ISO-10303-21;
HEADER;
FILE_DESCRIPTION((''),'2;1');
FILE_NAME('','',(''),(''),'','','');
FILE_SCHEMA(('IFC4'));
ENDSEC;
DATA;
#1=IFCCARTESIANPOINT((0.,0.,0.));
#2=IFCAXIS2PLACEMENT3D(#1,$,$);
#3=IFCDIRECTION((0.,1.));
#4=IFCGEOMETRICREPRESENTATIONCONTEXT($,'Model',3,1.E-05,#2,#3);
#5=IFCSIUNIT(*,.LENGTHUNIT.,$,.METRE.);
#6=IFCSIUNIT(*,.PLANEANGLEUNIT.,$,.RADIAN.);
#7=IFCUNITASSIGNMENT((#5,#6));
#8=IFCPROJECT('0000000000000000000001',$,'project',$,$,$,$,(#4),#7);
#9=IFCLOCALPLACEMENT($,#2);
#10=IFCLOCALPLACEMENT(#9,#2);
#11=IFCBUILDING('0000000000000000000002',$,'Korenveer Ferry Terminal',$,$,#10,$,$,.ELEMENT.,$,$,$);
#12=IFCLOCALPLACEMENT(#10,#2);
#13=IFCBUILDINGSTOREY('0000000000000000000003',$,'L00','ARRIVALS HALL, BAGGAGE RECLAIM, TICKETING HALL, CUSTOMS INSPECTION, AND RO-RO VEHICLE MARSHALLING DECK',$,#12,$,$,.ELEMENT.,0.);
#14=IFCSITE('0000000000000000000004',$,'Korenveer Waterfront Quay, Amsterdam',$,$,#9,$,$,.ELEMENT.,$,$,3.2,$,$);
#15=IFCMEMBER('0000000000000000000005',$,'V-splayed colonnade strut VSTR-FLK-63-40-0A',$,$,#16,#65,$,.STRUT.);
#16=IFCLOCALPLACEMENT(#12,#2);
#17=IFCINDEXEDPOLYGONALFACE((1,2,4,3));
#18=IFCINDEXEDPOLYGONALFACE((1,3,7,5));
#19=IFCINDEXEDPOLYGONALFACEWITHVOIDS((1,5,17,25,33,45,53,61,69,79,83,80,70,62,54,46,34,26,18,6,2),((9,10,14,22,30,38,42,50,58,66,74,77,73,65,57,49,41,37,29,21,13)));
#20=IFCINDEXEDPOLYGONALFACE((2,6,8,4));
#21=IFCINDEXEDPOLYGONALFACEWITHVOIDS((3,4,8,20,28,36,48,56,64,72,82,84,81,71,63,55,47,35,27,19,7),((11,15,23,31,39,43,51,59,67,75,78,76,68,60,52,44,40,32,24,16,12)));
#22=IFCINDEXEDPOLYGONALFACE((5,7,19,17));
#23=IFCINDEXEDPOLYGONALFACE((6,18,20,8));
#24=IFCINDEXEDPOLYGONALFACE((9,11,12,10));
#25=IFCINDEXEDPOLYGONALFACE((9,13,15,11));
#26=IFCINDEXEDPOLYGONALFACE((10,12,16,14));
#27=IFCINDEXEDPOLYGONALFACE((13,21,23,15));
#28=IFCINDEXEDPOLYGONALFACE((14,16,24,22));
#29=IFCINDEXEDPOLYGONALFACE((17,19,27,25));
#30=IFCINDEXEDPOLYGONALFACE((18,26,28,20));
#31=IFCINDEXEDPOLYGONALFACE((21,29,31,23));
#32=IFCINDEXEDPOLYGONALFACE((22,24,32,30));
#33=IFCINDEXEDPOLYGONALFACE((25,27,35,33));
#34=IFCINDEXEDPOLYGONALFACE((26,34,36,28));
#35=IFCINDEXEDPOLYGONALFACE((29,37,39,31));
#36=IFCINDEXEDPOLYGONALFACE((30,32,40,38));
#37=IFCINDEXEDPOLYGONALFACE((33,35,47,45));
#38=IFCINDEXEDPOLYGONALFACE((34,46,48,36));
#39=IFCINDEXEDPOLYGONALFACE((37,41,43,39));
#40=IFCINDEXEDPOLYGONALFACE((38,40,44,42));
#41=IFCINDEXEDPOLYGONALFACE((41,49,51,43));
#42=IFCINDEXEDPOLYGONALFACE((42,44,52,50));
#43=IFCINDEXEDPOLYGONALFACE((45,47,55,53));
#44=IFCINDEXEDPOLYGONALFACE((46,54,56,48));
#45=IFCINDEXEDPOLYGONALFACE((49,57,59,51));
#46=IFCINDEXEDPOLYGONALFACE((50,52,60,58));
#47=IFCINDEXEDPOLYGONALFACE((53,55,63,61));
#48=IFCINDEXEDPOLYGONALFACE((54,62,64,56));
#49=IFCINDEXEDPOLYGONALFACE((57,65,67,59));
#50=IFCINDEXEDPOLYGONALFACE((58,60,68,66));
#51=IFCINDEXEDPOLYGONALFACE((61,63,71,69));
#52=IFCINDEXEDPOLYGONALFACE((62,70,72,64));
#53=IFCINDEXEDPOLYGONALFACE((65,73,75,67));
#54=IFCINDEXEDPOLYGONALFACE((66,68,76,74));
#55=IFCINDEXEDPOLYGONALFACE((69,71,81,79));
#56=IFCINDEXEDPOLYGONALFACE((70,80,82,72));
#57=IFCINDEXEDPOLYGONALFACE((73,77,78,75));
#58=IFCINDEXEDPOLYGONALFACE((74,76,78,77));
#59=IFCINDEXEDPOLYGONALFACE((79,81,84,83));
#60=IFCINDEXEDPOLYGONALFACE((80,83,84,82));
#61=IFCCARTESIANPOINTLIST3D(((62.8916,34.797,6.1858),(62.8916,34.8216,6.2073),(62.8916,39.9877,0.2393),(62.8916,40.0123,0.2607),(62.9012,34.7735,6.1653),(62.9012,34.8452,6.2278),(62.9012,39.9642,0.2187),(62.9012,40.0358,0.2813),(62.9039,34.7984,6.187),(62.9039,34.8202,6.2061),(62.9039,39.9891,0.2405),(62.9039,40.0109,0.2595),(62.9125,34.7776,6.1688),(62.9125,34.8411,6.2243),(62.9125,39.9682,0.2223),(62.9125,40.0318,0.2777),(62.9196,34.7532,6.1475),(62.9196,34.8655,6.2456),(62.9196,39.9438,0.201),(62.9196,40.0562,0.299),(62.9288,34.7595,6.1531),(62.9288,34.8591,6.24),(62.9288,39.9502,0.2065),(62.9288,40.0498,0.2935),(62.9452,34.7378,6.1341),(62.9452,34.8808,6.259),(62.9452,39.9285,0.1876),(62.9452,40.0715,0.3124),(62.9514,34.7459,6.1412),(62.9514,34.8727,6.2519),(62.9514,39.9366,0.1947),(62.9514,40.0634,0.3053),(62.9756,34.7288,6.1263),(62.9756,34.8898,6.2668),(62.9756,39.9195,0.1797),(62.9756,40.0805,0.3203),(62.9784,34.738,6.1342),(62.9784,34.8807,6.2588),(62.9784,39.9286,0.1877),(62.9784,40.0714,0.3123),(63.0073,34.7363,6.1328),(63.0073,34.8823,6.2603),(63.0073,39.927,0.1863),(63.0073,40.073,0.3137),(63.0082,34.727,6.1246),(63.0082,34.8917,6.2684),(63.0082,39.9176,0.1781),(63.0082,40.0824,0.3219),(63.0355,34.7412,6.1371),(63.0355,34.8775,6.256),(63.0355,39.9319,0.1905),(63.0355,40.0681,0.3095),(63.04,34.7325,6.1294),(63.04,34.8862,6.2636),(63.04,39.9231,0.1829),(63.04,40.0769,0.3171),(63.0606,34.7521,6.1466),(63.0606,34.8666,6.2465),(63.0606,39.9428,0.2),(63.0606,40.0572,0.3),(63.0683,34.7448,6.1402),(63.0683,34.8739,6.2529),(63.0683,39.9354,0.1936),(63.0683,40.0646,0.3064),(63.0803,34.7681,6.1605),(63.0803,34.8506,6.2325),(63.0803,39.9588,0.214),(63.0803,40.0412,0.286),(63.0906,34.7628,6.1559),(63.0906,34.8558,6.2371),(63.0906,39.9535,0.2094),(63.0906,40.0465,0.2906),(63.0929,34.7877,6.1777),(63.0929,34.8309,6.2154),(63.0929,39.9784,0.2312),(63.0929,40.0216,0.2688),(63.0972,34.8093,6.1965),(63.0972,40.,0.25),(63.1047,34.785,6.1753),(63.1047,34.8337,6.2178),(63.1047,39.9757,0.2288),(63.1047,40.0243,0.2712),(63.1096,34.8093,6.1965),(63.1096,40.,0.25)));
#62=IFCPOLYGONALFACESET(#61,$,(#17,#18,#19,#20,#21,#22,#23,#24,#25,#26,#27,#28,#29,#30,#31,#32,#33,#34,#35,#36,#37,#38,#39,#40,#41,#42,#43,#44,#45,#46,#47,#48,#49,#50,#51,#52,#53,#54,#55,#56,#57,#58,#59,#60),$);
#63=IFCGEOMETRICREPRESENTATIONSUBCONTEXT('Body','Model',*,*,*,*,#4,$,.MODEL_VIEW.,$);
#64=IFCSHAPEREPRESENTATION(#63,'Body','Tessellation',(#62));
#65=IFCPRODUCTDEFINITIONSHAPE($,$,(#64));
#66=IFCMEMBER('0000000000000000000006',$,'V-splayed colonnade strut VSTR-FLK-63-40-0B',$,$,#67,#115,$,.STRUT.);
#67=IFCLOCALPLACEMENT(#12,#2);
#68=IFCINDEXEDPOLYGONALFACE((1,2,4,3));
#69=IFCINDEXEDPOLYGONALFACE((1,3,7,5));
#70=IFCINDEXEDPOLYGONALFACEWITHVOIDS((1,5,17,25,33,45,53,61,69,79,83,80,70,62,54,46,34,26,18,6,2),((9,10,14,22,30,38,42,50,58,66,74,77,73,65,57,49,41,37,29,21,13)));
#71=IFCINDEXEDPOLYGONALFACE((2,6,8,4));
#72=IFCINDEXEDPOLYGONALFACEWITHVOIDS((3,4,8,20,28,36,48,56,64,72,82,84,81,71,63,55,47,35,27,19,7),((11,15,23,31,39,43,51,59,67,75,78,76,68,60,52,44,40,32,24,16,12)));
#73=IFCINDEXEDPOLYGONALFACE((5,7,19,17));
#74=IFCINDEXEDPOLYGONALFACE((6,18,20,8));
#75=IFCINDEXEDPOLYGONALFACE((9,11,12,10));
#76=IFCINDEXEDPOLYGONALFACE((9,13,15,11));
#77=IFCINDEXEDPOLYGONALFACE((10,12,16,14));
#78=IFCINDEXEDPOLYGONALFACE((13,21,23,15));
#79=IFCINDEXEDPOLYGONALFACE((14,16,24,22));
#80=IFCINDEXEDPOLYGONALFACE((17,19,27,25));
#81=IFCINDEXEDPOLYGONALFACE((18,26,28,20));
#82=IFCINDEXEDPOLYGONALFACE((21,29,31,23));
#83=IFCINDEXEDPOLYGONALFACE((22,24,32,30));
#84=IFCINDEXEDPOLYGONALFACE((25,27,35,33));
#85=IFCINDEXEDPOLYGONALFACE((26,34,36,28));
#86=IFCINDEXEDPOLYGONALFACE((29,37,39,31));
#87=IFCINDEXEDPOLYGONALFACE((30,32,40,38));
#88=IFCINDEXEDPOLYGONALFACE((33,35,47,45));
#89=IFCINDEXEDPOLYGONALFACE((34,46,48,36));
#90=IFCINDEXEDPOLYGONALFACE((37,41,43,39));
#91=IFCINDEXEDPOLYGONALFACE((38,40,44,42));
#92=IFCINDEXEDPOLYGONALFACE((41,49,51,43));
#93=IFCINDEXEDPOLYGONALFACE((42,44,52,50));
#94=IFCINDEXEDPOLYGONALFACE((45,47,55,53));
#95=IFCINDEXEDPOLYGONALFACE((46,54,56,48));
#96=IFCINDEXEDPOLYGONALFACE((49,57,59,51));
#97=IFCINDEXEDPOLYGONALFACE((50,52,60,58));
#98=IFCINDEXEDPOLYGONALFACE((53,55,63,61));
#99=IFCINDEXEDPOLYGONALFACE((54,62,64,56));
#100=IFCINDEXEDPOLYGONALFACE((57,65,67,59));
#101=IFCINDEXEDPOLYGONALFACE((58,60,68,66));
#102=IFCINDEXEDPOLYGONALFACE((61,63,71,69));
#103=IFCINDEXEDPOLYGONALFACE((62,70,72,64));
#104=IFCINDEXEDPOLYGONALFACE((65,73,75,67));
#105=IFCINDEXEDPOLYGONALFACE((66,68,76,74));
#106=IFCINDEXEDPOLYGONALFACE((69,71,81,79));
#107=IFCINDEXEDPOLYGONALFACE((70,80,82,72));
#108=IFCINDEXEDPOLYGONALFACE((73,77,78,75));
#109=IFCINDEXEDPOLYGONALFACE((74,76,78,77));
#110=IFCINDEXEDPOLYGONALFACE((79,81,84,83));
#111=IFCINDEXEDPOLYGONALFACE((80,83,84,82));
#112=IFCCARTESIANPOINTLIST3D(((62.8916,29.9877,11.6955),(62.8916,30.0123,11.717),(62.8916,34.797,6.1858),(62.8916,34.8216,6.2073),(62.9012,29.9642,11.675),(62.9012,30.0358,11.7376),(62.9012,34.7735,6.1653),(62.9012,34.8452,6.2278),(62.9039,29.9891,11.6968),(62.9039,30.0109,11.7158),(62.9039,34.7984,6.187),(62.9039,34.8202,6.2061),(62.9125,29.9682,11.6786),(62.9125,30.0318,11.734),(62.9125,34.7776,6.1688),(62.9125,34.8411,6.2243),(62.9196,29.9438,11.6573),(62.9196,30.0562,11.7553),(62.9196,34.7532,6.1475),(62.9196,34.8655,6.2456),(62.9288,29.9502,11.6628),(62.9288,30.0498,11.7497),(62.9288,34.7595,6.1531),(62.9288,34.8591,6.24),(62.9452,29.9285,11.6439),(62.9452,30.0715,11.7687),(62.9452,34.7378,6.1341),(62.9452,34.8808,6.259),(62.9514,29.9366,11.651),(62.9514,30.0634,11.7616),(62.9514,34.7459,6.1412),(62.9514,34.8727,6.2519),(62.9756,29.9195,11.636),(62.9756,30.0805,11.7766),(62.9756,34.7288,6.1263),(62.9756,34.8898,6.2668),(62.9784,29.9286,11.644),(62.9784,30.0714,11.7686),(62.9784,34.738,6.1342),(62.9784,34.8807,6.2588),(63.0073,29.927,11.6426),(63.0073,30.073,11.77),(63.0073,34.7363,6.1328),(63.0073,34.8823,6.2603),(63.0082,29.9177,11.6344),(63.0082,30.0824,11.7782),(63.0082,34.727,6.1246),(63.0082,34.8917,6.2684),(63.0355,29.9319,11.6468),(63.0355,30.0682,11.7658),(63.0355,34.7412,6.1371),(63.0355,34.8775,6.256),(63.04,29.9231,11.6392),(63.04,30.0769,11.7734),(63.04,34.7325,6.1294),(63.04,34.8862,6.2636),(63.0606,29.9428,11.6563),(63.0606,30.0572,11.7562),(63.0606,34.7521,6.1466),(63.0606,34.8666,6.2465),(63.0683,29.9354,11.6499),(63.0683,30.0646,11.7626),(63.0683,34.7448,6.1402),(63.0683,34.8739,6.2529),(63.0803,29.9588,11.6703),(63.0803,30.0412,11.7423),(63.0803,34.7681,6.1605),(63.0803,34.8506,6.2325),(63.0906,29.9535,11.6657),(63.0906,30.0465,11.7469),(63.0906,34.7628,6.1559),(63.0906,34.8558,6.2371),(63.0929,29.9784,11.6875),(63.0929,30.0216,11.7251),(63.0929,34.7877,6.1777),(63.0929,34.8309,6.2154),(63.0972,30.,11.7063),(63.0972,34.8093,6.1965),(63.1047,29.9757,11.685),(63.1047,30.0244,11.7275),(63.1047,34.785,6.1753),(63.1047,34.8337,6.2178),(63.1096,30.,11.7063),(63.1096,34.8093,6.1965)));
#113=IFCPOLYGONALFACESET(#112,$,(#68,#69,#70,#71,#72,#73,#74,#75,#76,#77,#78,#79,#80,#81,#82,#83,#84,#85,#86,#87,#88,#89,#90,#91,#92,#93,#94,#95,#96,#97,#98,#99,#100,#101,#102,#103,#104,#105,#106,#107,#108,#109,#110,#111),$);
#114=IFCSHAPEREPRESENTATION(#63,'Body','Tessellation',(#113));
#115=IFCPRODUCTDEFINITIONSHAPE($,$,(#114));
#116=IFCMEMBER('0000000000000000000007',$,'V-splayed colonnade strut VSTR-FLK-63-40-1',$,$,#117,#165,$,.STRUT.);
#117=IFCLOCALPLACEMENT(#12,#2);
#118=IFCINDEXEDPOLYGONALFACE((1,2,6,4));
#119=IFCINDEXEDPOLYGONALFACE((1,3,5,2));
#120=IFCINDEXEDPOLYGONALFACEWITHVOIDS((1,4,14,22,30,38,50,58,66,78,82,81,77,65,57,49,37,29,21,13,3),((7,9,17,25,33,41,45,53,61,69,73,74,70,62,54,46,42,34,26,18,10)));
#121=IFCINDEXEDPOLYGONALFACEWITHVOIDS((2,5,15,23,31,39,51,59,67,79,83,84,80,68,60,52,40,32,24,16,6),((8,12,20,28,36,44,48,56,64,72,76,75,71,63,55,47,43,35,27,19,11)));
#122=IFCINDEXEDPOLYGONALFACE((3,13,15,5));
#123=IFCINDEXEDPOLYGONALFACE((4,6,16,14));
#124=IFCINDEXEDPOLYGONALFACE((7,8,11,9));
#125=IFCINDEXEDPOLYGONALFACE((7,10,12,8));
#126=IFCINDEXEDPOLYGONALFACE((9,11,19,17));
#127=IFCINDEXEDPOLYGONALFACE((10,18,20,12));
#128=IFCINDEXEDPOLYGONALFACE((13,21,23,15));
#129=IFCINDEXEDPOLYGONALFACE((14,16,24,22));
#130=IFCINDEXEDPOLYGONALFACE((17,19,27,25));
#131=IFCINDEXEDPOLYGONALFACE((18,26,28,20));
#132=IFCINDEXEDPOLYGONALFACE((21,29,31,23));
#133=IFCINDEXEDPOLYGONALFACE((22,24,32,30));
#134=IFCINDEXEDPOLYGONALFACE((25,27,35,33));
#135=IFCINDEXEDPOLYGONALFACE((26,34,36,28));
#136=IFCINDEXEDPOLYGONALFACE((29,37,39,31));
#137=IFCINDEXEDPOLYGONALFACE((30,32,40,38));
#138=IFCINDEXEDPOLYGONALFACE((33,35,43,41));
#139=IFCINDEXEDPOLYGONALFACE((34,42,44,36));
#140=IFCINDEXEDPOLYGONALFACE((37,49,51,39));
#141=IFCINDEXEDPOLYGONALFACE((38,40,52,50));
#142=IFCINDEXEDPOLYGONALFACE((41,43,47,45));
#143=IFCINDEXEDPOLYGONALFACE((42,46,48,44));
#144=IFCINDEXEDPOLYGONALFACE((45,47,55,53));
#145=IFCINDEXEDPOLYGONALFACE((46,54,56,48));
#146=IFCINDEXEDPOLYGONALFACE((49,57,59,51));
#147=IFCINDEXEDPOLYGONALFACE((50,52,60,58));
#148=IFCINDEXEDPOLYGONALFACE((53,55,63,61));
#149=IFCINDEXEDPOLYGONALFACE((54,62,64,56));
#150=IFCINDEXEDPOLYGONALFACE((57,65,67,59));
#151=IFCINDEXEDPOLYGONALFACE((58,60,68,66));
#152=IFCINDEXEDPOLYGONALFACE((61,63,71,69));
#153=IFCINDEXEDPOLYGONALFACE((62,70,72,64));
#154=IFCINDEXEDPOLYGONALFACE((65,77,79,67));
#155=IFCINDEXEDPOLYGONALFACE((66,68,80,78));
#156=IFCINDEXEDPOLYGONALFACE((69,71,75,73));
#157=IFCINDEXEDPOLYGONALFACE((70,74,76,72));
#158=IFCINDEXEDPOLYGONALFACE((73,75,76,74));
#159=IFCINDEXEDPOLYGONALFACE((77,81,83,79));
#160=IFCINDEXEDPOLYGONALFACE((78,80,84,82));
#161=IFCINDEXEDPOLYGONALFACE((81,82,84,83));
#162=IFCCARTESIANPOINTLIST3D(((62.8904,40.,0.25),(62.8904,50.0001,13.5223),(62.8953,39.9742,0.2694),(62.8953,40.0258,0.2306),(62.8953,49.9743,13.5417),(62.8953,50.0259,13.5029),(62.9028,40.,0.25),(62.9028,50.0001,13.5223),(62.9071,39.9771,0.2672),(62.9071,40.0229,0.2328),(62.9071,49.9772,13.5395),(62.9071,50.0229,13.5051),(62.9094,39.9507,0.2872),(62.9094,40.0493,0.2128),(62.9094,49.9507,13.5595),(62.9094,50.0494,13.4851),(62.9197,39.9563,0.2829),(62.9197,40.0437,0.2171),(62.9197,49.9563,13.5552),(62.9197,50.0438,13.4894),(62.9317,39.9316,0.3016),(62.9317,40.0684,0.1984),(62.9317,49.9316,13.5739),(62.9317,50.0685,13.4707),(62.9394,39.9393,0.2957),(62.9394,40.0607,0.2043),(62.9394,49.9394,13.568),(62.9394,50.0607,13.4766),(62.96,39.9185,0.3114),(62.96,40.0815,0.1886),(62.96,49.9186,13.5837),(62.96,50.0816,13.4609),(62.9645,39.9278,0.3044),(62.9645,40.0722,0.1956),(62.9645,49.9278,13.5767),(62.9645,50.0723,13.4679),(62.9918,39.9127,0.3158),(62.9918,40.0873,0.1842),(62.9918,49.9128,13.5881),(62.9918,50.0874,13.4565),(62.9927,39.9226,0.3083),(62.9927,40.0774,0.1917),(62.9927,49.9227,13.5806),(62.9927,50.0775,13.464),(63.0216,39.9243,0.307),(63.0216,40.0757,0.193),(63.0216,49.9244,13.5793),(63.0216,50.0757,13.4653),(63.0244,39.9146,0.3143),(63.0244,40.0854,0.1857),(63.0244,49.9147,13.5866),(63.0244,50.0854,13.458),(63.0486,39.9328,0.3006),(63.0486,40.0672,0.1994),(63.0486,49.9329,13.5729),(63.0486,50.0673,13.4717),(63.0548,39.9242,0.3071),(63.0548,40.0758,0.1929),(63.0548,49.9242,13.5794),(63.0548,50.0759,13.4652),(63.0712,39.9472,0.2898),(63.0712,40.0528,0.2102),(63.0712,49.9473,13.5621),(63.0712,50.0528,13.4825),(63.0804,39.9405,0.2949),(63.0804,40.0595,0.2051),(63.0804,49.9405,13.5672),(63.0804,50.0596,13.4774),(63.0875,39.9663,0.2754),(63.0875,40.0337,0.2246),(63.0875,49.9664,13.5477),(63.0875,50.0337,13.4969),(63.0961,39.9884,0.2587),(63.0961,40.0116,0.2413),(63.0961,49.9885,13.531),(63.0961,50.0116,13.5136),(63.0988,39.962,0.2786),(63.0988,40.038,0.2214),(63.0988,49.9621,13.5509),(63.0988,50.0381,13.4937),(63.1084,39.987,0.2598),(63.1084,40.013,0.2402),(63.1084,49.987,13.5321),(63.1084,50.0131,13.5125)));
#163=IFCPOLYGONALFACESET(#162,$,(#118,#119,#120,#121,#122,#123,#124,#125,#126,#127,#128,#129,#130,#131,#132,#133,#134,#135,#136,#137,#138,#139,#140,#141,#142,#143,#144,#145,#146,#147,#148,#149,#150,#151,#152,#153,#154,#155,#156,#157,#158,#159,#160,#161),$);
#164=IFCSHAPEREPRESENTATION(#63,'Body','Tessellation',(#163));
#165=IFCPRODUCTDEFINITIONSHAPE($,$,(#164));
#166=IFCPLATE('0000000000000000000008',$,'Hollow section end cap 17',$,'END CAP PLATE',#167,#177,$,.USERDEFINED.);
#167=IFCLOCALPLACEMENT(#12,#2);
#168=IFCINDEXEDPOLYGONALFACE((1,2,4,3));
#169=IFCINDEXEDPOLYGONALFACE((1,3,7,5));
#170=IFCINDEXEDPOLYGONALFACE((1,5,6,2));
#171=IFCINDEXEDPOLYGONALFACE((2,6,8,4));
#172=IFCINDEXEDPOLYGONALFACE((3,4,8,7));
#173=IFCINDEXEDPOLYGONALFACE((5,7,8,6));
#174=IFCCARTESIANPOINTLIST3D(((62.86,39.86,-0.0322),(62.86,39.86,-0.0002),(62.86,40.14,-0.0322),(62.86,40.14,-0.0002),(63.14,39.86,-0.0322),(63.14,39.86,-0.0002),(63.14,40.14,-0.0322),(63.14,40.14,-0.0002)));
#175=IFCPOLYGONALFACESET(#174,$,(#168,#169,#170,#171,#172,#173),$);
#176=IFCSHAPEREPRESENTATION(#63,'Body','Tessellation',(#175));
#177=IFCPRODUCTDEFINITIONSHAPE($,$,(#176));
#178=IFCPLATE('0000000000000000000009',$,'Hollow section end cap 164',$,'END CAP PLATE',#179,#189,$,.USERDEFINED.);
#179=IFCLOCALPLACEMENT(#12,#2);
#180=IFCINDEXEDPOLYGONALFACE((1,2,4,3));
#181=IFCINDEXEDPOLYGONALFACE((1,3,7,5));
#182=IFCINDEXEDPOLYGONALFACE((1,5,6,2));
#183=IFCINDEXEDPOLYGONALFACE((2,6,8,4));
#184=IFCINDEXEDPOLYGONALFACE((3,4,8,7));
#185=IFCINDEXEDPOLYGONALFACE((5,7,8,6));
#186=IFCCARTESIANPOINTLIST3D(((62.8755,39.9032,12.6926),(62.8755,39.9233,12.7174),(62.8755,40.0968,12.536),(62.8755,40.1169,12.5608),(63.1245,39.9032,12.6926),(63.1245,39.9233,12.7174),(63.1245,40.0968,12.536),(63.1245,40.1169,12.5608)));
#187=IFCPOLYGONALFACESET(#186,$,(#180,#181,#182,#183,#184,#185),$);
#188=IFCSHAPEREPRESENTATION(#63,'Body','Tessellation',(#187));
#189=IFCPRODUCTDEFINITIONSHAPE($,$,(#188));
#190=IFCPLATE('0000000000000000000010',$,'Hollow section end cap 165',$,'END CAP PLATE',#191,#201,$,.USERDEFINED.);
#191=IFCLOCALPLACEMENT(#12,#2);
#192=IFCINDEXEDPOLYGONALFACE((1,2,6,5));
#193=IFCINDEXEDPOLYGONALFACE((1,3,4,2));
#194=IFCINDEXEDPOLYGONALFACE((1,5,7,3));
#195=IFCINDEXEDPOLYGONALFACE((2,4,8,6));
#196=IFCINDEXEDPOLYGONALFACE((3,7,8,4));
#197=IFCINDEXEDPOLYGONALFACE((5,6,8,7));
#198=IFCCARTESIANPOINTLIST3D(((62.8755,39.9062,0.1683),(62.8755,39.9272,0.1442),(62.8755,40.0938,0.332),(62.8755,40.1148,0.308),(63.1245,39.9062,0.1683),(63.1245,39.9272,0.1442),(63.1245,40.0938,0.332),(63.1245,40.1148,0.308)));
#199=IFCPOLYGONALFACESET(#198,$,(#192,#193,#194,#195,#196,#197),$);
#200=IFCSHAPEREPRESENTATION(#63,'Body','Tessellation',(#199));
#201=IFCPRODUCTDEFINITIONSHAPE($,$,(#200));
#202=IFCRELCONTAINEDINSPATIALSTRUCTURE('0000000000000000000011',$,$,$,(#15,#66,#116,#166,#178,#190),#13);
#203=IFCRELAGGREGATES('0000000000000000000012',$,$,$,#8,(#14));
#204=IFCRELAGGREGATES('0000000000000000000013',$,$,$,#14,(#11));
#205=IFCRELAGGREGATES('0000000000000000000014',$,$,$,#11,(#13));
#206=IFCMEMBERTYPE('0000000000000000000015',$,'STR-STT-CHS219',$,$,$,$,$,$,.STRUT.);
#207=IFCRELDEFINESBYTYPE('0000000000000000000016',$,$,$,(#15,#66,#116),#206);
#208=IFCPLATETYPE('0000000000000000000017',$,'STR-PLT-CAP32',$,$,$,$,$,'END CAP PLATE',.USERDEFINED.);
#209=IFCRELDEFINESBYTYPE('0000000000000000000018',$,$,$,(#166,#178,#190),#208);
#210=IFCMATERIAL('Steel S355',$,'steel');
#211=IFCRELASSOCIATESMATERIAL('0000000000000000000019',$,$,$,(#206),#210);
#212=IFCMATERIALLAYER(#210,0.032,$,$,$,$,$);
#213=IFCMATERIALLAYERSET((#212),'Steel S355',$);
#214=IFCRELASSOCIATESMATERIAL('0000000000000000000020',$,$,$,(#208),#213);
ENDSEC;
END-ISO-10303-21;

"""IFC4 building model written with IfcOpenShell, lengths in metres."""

from ifc_helpers import new_model, si_unit, direction, frame, origin, origin_2d, place, context, subcontext, project, spatial, rectangle, hollow_circle, extrude, material, layer, layer_set, material_profile, profile_set, type_object, element, save


model = new_model("IFC4")

# Units and contexts
model_context = context("Model", 3, precision=1e-05, world=origin(), true_north=direction((0.0, 1.0)))
body_context = subcontext(model_context, "Body", "Model", "MODEL_VIEW")
ifc_project = project(units=[si_unit("LENGTHUNIT", "METRE"), si_unit("PLANEANGLEUNIT", "RADIAN")], contexts=[model_context])

# Site, building, storey
site_placement = place(None, origin())
site = spatial("IfcSite", under=ifc_project, at=site_placement, Name="Korenveer Waterfront Quay, Amsterdam", CompositionType="ELEMENT", RefElevation=3.2)
building_placement = place(site_placement, origin())
building = spatial("IfcBuilding", under=site, at=building_placement, Name="Korenveer Ferry Terminal", CompositionType="ELEMENT")
storey_placement = place(building_placement, origin())
storey = spatial("IfcBuildingStorey", under=building, at=storey_placement, Name="L00", Description="ARRIVALS HALL, BAGGAGE RECLAIM, TICKETING HALL, CUSTOMS INSPECTION, AND RO-RO VEHICLE MARSHALLING DECK", CompositionType="ELEMENT", Elevation=0.0)

# Shared definitions
ifc_material_1 = material(Name="Steel S355", Category="steel")

# Members
ifc_material_profile_1 = material_profile(ifc_material_1, hollow_circle(Radius=0.1096, WallThickness=0.0125, at=origin_2d()), Name="CHS 219.1x12.5")
ifc_profile_set_1 = profile_set([ifc_material_profile_1], Name="Steel S355")
member_type = type_object("IfcMemberType", Name="STR-STT-CHS219", PredefinedType="STRUT", material=ifc_profile_set_1)
member_1_placement = place(storey_placement, frame((63.0, 40.0, 0.25), z_axis=(0.0, -0.657604, 0.753364), x_axis=(1.0, 0.0, 0.0)))
element("IfcMember", 1, at=member_1_placement, inside=storey, type_object=member_type, Name="V-splayed colonnade strut VSTR-FLK-63-40-0A", PredefinedType="STRUT", context=body_context, shape_type="SweptSolid", body=[
    extrude(hollow_circle(Radius=0.1096, WallThickness=0.0125, at=origin_2d()), origin(), (0.0, 0.0, 1.0), 7.8933),
])
member_2_placement = place(storey_placement, frame((63.0, 34.8093, 6.1965), z_axis=(0.0, -0.657597, 0.75337), x_axis=(1.0, 0.0, 0.0)))
element("IfcMember", 2, at=member_2_placement, inside=storey, type_object=member_type, Name="V-splayed colonnade strut VSTR-FLK-63-40-0B", PredefinedType="STRUT", context=body_context, shape_type="SweptSolid", body=[
    extrude(hollow_circle(Radius=0.1096, WallThickness=0.0125, at=origin_2d()), origin(), (0.0, 0.0, 1.0), 7.3135),
])
member_3_placement = place(storey_placement, frame((63.0, 40.0, 0.25), z_axis=(0.0, 0.601764, 0.798674), x_axis=(-1.0, 0.0, 0.0)))
element("IfcMember", 3, at=member_3_placement, inside=storey, type_object=member_type, Name="V-splayed colonnade strut VSTR-FLK-63-40-1", PredefinedType="STRUT", context=body_context, shape_type="SweptSolid", body=[
    extrude(hollow_circle(Radius=0.1096, WallThickness=0.0125, at=origin_2d()), origin(), (0.0, 0.0, 1.0), 16.6179),
])

# Plates
ifc_layer_1 = layer(ifc_material_1, 0.032)
ifc_layer_set_1 = layer_set([ifc_layer_1], Name="Steel S355")
plate_type_1 = type_object("IfcPlateType", Name="STR-PLT-CAP32", ElementType="END CAP PLATE", PredefinedType="USERDEFINED", material=ifc_layer_set_1)
plate_1_placement = place(storey_placement, frame((63.0, 40.0, -0.0322), z_axis=(0.0, 0.0, 1.0), x_axis=(1.0, 0.0, 0.0)))
element("IfcPlate", 4, at=plate_1_placement, inside=storey, type_object=plate_type_1, Name="Hollow section end cap 17", ObjectType="END CAP PLATE", PredefinedType="USERDEFINED", context=body_context, shape_type="SweptSolid", body=[
    extrude(rectangle(XDim=0.28, YDim=0.28, at=origin_2d()), origin(), (0.0, 0.0, 1.0), 0.032),
])
for number, where, z_axis, x_axis, name in (
    (5, (63.0, 40.0, 12.6143), (0.0, 0.628848, 0.777528), (-1.0, 0.0, 0.0), "Hollow section end cap 164"),
    (6, (63.0, 40.021, 0.2261), (0.0, -0.657599, 0.753368), (1.0, 0.0, 0.0), "Hollow section end cap 165"),
):
    element("IfcPlate", number, at=place(storey_placement, frame(where, z_axis=z_axis, x_axis=x_axis)), inside=storey, type_object=plate_type_1, Name=name, ObjectType="END CAP PLATE", PredefinedType="USERDEFINED", context=body_context, shape_type="SweptSolid", body=[
        extrude(rectangle(XDim=0.249, YDim=0.249, at=origin_2d()), origin(), (0.0, 0.0, 1.0), 0.032),
    ])

save(model, "model.ifc")
